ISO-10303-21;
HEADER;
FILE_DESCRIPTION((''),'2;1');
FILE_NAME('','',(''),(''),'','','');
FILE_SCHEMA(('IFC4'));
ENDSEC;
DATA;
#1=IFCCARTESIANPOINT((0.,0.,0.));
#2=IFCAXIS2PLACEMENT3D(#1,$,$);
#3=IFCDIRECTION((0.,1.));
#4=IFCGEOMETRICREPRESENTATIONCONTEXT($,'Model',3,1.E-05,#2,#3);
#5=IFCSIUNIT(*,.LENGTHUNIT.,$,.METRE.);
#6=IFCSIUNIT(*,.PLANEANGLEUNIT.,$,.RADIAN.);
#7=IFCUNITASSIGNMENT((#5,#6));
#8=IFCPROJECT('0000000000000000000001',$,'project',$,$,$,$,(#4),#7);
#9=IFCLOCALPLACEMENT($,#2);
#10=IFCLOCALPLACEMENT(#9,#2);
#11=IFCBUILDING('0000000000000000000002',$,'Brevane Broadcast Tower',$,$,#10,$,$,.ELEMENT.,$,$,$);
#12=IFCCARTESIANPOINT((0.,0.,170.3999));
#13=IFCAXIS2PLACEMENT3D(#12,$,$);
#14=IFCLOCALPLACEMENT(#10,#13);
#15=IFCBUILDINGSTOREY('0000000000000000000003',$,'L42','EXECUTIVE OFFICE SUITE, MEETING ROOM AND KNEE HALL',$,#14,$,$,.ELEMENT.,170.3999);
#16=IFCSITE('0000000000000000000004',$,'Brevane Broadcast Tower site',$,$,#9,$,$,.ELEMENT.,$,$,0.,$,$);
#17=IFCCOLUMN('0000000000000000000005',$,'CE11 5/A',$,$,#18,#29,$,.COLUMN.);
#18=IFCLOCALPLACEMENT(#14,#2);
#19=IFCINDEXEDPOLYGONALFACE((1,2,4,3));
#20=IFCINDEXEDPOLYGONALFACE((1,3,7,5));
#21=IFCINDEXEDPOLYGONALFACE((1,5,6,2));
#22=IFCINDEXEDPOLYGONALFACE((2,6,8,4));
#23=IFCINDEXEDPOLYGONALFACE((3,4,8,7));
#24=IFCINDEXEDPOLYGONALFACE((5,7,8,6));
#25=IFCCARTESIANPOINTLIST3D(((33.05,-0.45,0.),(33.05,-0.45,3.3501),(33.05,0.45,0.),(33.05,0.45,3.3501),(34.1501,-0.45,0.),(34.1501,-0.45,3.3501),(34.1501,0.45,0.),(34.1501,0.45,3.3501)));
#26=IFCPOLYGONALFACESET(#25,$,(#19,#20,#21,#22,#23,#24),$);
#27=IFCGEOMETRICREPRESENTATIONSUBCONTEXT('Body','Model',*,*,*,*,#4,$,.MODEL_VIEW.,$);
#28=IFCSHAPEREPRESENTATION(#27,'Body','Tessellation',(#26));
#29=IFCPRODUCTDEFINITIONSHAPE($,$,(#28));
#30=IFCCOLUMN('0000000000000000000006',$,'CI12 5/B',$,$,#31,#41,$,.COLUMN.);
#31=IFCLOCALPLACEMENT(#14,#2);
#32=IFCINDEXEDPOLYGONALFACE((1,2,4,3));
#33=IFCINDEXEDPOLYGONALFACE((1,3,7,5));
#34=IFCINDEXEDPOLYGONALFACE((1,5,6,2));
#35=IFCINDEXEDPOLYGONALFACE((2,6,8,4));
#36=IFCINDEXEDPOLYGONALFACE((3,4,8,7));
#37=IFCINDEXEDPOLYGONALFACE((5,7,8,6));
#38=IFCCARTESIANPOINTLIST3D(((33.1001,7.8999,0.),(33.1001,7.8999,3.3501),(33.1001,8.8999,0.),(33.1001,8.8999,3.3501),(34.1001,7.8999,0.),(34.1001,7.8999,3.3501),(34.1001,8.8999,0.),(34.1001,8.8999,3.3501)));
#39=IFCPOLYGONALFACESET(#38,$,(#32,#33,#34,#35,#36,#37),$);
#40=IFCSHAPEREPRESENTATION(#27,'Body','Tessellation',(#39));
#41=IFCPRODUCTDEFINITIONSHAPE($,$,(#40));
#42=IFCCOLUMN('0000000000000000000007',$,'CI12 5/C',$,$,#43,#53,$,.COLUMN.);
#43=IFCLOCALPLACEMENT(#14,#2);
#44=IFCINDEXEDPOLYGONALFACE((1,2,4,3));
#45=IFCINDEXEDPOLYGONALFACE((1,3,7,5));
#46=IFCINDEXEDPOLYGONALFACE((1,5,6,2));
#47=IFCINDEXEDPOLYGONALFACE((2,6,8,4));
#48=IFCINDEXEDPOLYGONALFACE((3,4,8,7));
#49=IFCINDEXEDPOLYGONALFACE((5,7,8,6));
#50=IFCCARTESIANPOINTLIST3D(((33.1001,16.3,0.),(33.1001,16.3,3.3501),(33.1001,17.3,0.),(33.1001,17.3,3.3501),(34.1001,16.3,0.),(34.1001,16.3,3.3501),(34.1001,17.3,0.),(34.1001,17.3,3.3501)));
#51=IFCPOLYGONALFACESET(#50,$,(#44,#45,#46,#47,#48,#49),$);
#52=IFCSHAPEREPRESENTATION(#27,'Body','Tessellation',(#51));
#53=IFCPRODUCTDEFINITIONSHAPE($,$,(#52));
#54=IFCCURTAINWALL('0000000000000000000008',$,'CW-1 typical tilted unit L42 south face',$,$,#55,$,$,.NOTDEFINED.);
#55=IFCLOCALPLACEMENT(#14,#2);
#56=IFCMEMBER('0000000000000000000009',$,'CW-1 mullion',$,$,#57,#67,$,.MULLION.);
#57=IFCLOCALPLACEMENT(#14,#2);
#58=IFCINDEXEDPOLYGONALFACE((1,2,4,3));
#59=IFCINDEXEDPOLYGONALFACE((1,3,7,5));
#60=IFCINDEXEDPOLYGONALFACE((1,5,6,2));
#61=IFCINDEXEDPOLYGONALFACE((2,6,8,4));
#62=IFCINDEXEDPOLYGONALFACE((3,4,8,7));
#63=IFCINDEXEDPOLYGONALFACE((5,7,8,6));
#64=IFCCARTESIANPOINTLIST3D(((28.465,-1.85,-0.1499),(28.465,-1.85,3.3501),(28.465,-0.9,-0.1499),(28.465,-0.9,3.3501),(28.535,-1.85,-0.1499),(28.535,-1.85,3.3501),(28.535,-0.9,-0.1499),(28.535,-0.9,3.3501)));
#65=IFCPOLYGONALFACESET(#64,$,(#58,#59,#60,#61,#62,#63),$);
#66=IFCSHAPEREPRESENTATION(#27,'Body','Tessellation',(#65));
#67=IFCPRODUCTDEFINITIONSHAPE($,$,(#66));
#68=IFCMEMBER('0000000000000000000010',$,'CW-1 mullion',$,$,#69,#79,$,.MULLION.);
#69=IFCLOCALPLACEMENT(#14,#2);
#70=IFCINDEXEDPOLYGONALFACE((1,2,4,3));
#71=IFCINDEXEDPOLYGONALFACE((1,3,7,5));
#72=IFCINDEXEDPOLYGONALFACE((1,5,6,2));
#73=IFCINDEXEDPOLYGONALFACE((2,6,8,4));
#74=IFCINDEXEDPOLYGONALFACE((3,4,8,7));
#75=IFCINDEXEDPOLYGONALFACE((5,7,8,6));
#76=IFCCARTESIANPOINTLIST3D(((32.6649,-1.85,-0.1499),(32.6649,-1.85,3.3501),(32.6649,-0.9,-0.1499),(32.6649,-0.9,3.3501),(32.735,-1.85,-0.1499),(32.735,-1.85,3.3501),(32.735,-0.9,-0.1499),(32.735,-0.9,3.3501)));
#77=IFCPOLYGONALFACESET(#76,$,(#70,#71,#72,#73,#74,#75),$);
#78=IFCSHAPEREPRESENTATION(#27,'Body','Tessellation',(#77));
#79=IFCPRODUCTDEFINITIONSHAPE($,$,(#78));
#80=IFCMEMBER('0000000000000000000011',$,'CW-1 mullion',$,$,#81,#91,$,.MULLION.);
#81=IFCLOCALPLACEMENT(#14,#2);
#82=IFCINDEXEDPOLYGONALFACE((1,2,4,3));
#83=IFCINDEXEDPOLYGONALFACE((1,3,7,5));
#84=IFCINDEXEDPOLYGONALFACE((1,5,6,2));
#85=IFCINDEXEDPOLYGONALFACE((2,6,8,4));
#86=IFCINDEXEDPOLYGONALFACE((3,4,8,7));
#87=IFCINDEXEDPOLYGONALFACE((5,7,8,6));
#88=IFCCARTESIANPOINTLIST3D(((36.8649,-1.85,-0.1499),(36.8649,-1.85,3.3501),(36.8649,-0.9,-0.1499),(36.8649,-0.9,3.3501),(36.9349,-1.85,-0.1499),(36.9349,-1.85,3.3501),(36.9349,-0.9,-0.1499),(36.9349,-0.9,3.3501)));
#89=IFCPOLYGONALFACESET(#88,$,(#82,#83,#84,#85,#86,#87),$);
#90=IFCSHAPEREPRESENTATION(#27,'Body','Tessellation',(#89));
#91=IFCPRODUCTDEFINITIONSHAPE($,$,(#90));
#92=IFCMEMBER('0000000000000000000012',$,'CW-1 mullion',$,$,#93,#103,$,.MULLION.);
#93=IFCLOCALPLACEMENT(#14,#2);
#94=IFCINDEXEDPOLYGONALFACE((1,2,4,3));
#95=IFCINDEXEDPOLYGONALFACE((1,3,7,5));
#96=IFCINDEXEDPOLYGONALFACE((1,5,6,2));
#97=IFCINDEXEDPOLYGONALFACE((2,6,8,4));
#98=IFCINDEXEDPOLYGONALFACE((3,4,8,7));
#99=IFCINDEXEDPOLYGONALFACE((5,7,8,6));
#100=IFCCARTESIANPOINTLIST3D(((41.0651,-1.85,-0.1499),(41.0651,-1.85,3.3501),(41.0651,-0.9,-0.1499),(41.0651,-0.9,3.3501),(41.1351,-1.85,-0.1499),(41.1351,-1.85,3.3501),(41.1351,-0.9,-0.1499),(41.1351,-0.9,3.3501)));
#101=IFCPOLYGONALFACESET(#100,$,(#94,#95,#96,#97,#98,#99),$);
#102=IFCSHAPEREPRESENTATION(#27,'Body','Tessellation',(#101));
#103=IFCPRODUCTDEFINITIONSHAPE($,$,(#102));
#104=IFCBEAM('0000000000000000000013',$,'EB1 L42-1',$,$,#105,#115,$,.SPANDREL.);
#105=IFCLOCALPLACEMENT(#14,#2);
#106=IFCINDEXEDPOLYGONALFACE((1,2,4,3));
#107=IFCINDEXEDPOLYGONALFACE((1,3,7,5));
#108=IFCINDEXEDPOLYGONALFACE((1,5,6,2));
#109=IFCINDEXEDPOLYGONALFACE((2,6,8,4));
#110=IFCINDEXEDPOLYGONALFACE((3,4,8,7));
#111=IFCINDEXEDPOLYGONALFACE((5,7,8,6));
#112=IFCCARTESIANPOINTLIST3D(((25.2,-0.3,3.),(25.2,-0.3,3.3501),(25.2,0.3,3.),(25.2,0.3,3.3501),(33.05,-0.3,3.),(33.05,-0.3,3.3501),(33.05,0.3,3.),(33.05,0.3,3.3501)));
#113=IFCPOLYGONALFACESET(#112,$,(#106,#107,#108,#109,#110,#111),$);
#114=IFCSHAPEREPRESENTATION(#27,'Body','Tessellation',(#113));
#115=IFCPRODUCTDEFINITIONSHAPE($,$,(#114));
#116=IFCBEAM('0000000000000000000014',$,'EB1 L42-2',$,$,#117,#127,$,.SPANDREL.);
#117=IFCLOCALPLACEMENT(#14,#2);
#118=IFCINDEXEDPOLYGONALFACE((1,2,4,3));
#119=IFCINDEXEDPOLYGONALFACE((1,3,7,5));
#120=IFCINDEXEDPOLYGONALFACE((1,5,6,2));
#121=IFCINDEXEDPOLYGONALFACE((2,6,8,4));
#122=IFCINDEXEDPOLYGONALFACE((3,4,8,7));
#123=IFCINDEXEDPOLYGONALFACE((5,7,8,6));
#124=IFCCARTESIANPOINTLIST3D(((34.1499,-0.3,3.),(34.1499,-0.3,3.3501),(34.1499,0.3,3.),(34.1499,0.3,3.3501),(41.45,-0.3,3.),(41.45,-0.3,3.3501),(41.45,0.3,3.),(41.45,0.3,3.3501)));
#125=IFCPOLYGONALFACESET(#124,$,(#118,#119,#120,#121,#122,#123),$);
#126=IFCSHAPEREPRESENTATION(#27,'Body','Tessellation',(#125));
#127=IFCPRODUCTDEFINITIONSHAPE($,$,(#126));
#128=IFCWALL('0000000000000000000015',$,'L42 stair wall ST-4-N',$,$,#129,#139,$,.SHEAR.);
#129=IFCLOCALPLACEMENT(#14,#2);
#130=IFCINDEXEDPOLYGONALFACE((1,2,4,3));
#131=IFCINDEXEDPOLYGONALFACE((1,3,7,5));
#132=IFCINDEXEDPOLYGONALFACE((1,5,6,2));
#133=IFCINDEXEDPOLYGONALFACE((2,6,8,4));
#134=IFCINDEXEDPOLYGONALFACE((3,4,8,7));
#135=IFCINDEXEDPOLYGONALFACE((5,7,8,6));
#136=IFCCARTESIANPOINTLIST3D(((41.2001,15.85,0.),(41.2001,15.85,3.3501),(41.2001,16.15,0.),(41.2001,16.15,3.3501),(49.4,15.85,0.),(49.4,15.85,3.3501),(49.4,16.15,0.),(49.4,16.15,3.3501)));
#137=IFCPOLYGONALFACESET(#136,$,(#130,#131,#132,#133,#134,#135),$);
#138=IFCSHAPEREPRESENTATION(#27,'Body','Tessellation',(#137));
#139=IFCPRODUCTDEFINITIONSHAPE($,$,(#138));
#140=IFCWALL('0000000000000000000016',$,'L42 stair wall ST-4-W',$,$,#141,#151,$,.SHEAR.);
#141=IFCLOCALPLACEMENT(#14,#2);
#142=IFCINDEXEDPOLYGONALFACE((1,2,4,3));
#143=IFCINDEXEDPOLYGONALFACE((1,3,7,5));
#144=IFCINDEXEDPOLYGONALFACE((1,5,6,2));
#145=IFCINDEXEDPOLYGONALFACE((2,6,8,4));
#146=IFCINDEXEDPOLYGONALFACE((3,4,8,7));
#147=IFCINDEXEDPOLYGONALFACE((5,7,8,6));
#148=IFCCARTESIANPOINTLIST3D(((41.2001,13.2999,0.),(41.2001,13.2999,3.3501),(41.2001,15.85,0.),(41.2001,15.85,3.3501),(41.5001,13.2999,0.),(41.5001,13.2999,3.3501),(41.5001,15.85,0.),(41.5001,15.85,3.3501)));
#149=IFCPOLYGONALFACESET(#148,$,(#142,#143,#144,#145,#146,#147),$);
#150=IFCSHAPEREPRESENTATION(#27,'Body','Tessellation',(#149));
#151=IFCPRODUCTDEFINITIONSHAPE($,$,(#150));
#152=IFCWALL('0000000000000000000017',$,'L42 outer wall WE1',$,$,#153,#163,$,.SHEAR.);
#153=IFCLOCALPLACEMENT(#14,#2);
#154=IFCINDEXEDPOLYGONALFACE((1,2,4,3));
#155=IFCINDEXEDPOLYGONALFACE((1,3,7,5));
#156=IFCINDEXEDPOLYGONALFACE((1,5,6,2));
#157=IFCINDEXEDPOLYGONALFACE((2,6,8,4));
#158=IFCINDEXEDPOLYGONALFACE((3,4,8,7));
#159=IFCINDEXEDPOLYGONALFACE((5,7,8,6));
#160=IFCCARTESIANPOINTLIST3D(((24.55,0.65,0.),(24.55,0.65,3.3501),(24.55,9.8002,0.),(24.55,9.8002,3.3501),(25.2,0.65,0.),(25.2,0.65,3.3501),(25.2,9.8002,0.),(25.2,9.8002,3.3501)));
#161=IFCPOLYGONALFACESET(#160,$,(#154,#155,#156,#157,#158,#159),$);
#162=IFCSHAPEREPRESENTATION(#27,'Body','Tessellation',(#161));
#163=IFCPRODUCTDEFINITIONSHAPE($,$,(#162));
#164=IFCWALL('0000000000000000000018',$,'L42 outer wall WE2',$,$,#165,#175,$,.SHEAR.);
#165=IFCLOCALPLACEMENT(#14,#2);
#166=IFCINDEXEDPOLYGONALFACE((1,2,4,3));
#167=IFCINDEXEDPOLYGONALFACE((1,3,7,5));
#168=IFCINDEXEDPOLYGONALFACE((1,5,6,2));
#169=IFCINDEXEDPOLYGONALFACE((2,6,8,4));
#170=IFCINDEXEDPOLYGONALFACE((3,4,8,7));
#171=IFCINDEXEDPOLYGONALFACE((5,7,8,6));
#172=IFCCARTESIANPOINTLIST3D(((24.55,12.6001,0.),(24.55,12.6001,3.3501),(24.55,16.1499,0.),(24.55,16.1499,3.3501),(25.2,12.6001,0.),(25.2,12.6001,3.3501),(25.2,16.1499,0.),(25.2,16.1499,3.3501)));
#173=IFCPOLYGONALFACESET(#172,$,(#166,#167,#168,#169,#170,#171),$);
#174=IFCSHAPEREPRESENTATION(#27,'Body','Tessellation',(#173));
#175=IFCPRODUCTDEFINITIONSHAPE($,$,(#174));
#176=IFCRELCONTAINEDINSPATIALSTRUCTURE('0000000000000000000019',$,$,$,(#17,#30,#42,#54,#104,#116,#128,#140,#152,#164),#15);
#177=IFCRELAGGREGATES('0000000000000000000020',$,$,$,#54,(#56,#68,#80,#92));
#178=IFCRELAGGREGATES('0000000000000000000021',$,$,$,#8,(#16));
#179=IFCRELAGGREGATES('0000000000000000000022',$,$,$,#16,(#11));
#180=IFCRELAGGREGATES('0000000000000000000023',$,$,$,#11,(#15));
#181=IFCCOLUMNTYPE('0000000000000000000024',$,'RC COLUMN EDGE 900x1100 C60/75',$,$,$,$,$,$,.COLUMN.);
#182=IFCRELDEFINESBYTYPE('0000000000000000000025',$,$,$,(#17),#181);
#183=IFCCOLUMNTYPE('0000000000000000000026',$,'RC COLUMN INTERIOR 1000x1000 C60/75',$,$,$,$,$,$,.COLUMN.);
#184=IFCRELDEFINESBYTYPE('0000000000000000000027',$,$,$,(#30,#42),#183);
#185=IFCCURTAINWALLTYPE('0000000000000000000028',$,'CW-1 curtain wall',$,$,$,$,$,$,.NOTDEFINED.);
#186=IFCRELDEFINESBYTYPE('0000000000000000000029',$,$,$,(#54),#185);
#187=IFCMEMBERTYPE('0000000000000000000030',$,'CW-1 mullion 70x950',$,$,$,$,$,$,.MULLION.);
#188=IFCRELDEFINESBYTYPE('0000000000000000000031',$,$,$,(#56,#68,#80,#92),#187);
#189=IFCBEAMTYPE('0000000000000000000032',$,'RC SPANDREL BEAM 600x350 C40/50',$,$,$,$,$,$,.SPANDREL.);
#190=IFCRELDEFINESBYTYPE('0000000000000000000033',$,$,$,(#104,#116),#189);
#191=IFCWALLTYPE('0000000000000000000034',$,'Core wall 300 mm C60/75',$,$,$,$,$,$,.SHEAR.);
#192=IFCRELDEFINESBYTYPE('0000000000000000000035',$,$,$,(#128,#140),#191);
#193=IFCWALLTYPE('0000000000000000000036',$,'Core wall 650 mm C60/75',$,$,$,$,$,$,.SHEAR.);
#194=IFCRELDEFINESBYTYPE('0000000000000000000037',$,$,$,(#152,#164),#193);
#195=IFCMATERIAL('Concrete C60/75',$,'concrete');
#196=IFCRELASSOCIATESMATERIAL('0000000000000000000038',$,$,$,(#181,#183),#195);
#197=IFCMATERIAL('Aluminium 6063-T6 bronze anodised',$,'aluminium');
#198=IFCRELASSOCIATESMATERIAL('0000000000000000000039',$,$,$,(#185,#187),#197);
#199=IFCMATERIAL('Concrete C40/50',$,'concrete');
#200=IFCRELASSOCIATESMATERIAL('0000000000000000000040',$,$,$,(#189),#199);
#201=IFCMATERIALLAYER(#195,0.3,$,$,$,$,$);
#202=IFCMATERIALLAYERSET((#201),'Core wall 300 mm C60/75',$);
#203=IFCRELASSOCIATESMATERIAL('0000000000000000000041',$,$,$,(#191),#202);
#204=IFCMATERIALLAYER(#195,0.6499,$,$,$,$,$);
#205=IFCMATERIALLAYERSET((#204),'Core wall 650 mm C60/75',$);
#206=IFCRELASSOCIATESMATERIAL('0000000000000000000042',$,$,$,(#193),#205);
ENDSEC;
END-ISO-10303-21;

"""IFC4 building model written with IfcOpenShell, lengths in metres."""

from ifc_helpers import new_model, si_unit, direction, frame, frame_2d, origin, origin_2d, place, context, subcontext, project, spatial, rectangle, extrude, material, layer, layer_set, material_profile, profile_set, type_object, element, aggregate, save


model = new_model("IFC4")

# Units and contexts
model_context = context("Model", 3, precision=1e-05, world=origin(), true_north=direction((0.0, 1.0)))
body_context = subcontext(model_context, "Body", "Model", "MODEL_VIEW")
ifc_project = project(units=[si_unit("LENGTHUNIT", "METRE"), si_unit("PLANEANGLEUNIT", "RADIAN")], contexts=[model_context])

# Site, building, storey
site_placement = place(None, origin())
site = spatial("IfcSite", under=ifc_project, at=site_placement, Name="Brevane Broadcast Tower site", CompositionType="ELEMENT", RefElevation=0.0)
building_placement = place(site_placement, origin())
building = spatial("IfcBuilding", under=site, at=building_placement, Name="Brevane Broadcast Tower", CompositionType="ELEMENT")
storey_placement = place(building_placement, frame((0.0, 0.0, 170.3999)))
storey = spatial("IfcBuildingStorey", under=building, at=storey_placement, Name="L42", Description="EXECUTIVE OFFICE SUITE, MEETING ROOM AND KNEE HALL", CompositionType="ELEMENT", Elevation=170.3999)

# Columns
ifc_material_1 = material(Name="Concrete C60/75", Category="concrete")
ifc_material_profile_1 = material_profile(ifc_material_1, rectangle(XDim=0.8999, YDim=1.1001, at=origin_2d()), Name="RC 900x1100")
ifc_profile_set_1 = profile_set([ifc_material_profile_1], Name="Concrete C60/75")
column_type_1 = type_object("IfcColumnType", Name="RC COLUMN EDGE 900x1100 C60/75", PredefinedType="COLUMN", material=ifc_profile_set_1)
column_placement = place(storey_placement, frame((33.6001, 0.0, 0.0), z_axis=(0.0, 0.0, 1.0), x_axis=(0.0, 1.0, 0.0)))
element("IfcColumn", 1, at=column_placement, inside=storey, type_object=column_type_1, Name="CE11 5/A", PredefinedType="COLUMN", context=body_context, shape_type="SweptSolid", body=[
    extrude(rectangle(XDim=0.8999, YDim=1.1001, at=origin_2d()), origin(), (0.0, 0.0, 1.0), 3.3501),
])
ifc_material_profile_2 = material_profile(ifc_material_1, rectangle(XDim=1.0, YDim=1.0, at=origin_2d()), Name="RC 1000x1000")
ifc_profile_set_2 = profile_set([ifc_material_profile_2], Name="Concrete C60/75")
column_type_2 = type_object("IfcColumnType", Name="RC COLUMN INTERIOR 1000x1000 C60/75", PredefinedType="COLUMN", material=ifc_profile_set_2)
for number, where, z_axis, x_axis, name in (
    (2, (33.6001, 8.3999, 0.0), (0.0, 0.0, 1.0), (1.0, 0.0, 0.0), "CI12 5/B"),
    (3, (33.6001, 16.8, 0.0), (0.0, 0.0, 1.0), (1.0, 0.0, 0.0), "CI12 5/C"),
):
    element("IfcColumn", number, at=place(storey_placement, frame(where, z_axis=z_axis, x_axis=x_axis)), inside=storey, type_object=column_type_2, Name=name, PredefinedType="COLUMN", context=body_context, shape_type="SweptSolid", body=[
        extrude(rectangle(XDim=1.0, YDim=1.0, at=origin_2d()), origin(), (0.0, 0.0, 1.0), 3.3501),
    ])

# Curtain wall, members
ifc_material_2 = material(Name="Aluminium 6063-T6 bronze anodised", Category="aluminium")
curtain_wall_type = type_object("IfcCurtainWallType", Name="CW-1 curtain wall", PredefinedType="NOTDEFINED", material=ifc_material_2)
curtain_wall_placement = place(storey_placement, origin())
curtain_wall = element("IfcCurtainWall", 4, at=curtain_wall_placement, inside=storey, type_object=curtain_wall_type, Name="CW-1 typical tilted unit L42 south face", PredefinedType="NOTDEFINED")
ifc_material_profile_3 = material_profile(ifc_material_2, rectangle(XDim=0.95, YDim=0.0701, at=origin_2d()), Name="RECT 70x950")
ifc_profile_set_3 = profile_set([ifc_material_profile_3], Name="Aluminium 6063-T6 bronze anodised")
member_type = type_object("IfcMemberType", Name="CW-1 mullion 70x950", PredefinedType="MULLION", material=ifc_profile_set_3)
member_1_placement = place(storey_placement, frame((28.5, -1.375, -0.1499), z_axis=(0.0, 0.0, 1.0), x_axis=(0.0, 1.0, 0.0)))
member_1 = element("IfcMember", 5, at=member_1_placement, type_object=member_type, Name="CW-1 mullion", PredefinedType="MULLION", context=body_context, shape_type="SweptSolid", body=[
    extrude(rectangle(XDim=0.95, YDim=0.0701, at=origin_2d()), origin(), (0.0, 0.0, 1.0), 3.5),
])
member_2_placement = place(storey_placement, frame((32.7, -1.375, -0.1499), z_axis=(0.0, 0.0, 1.0), x_axis=(0.0, 1.0, 0.0)))
member_2 = element("IfcMember", 6, at=member_2_placement, type_object=member_type, Name="CW-1 mullion", PredefinedType="MULLION", context=body_context, shape_type="SweptSolid", body=[
    extrude(rectangle(XDim=0.95, YDim=0.0701, at=origin_2d()), origin(), (0.0, 0.0, 1.0), 3.5),
])
member_3_placement = place(storey_placement, frame((36.8999, -1.375, -0.1499), z_axis=(0.0, 0.0, 1.0), x_axis=(0.0, 1.0, 0.0)))
member_3 = element("IfcMember", 7, at=member_3_placement, type_object=member_type, Name="CW-1 mullion", PredefinedType="MULLION", context=body_context, shape_type="SweptSolid", body=[
    extrude(rectangle(XDim=0.95, YDim=0.0701, at=origin_2d()), origin(), (0.0, 0.0, 1.0), 3.5),
])
member_4_placement = place(storey_placement, frame((41.1001, -1.375, -0.1499), z_axis=(0.0, 0.0, 1.0), x_axis=(0.0, 1.0, 0.0)))
member_4 = element("IfcMember", 8, at=member_4_placement, type_object=member_type, Name="CW-1 mullion", PredefinedType="MULLION", context=body_context, shape_type="SweptSolid", body=[
    extrude(rectangle(XDim=0.95, YDim=0.0701, at=origin_2d()), origin(), (0.0, 0.0, 1.0), 3.5),
])
aggregate(curtain_wall, [member_1, member_2, member_3, member_4])

# Beams
ifc_material_3 = material(Name="Concrete C40/50", Category="concrete")
ifc_material_profile_4 = material_profile(ifc_material_3, rectangle(XDim=0.6001, YDim=0.3501, at=origin_2d()), Name="RC 600x350")
ifc_profile_set_4 = profile_set([ifc_material_profile_4], Name="Concrete C40/50")
beam_type = type_object("IfcBeamType", Name="RC SPANDREL BEAM 600x350 C40/50", PredefinedType="SPANDREL", material=ifc_profile_set_4)
beam_1_placement = place(storey_placement, frame((25.2, 0.0, 3.175), z_axis=(1.0, 0.0, 0.0), x_axis=(0.0, 1.0, 0.0)))
element("IfcBeam", 9, at=beam_1_placement, inside=storey, type_object=beam_type, Name="EB1 L42-1", PredefinedType="SPANDREL", context=body_context, shape_type="SweptSolid", body=[
    extrude(rectangle(XDim=0.6001, YDim=0.3501, at=origin_2d()), origin(), (0.0, 0.0, 1.0), 7.8501),
])
beam_2_placement = place(storey_placement, frame((34.1499, 0.0, 3.175), z_axis=(1.0, 0.0, 0.0), x_axis=(0.0, 1.0, 0.0)))
element("IfcBeam", 10, at=beam_2_placement, inside=storey, type_object=beam_type, Name="EB1 L42-2", PredefinedType="SPANDREL", context=body_context, shape_type="SweptSolid", body=[
    extrude(rectangle(XDim=0.6001, YDim=0.3501, at=origin_2d()), origin(), (0.0, 0.0, 1.0), 7.3),
])

# Walls
ifc_layer_1 = layer(ifc_material_1, 0.3)
ifc_layer_set_1 = layer_set([ifc_layer_1], Name="Core wall 300 mm C60/75")
wall_type_1 = type_object("IfcWallType", Name="Core wall 300 mm C60/75", PredefinedType="SHEAR", material=ifc_layer_set_1)
wall_1_placement = place(storey_placement, frame((41.2, 16.0, 0.0), z_axis=(0.0, 0.0, 1.0), x_axis=(1.0, 0.0, 0.0)))
element("IfcWall", 11, at=wall_1_placement, inside=storey, type_object=wall_type_1, Name="L42 stair wall ST-4-N", PredefinedType="SHEAR", context=body_context, shape_type="SweptSolid", body=[
    extrude(rectangle(XDim=8.2, YDim=0.3, at=frame_2d((4.1001, 0.0))), origin(), (0.0, 0.0, 1.0), 3.3501),
])
wall_2_placement = place(storey_placement, frame((41.3501, 13.3, 0.0), z_axis=(0.0, 0.0, 1.0), x_axis=(0.0, 1.0, 0.0)))
element("IfcWall", 12, at=wall_2_placement, inside=storey, type_object=wall_type_1, Name="L42 stair wall ST-4-W", PredefinedType="SHEAR", context=body_context, shape_type="SweptSolid", body=[
    extrude(rectangle(XDim=2.55, YDim=0.3, at=frame_2d((1.2749, 0.0))), origin(), (0.0, 0.0, 1.0), 3.3501),
])
ifc_layer_2 = layer(ifc_material_1, 0.6499)
ifc_layer_set_2 = layer_set([ifc_layer_2], Name="Core wall 650 mm C60/75")
wall_type_2 = type_object("IfcWallType", Name="Core wall 650 mm C60/75", PredefinedType="SHEAR", material=ifc_layer_set_2)
wall_3_placement = place(storey_placement, frame((24.875, 0.6499, 0.0), z_axis=(0.0, 0.0, 1.0), x_axis=(0.0, 1.0, 0.0)))
element("IfcWall", 13, at=wall_3_placement, inside=storey, type_object=wall_type_2, Name="L42 outer wall WE1", PredefinedType="SHEAR", context=body_context, shape_type="SweptSolid", body=[
    extrude(rectangle(XDim=9.1501, YDim=0.6499, at=frame_2d((4.5752, 0.0))), origin(), (0.0, 0.0, 1.0), 3.3501),
])
wall_4_placement = place(storey_placement, frame((24.875, 12.6001, 0.0), z_axis=(0.0, 0.0, 1.0), x_axis=(0.0, 1.0, 0.0)))
element("IfcWall", 14, at=wall_4_placement, inside=storey, type_object=wall_type_2, Name="L42 outer wall WE2", PredefinedType="SHEAR", context=body_context, shape_type="SweptSolid", body=[
    extrude(rectangle(XDim=3.5498, YDim=0.6499, at=frame_2d((1.7749, 0.0))), origin(), (0.0, 0.0, 1.0), 3.3501),
])

save(model, "model.ifc")
